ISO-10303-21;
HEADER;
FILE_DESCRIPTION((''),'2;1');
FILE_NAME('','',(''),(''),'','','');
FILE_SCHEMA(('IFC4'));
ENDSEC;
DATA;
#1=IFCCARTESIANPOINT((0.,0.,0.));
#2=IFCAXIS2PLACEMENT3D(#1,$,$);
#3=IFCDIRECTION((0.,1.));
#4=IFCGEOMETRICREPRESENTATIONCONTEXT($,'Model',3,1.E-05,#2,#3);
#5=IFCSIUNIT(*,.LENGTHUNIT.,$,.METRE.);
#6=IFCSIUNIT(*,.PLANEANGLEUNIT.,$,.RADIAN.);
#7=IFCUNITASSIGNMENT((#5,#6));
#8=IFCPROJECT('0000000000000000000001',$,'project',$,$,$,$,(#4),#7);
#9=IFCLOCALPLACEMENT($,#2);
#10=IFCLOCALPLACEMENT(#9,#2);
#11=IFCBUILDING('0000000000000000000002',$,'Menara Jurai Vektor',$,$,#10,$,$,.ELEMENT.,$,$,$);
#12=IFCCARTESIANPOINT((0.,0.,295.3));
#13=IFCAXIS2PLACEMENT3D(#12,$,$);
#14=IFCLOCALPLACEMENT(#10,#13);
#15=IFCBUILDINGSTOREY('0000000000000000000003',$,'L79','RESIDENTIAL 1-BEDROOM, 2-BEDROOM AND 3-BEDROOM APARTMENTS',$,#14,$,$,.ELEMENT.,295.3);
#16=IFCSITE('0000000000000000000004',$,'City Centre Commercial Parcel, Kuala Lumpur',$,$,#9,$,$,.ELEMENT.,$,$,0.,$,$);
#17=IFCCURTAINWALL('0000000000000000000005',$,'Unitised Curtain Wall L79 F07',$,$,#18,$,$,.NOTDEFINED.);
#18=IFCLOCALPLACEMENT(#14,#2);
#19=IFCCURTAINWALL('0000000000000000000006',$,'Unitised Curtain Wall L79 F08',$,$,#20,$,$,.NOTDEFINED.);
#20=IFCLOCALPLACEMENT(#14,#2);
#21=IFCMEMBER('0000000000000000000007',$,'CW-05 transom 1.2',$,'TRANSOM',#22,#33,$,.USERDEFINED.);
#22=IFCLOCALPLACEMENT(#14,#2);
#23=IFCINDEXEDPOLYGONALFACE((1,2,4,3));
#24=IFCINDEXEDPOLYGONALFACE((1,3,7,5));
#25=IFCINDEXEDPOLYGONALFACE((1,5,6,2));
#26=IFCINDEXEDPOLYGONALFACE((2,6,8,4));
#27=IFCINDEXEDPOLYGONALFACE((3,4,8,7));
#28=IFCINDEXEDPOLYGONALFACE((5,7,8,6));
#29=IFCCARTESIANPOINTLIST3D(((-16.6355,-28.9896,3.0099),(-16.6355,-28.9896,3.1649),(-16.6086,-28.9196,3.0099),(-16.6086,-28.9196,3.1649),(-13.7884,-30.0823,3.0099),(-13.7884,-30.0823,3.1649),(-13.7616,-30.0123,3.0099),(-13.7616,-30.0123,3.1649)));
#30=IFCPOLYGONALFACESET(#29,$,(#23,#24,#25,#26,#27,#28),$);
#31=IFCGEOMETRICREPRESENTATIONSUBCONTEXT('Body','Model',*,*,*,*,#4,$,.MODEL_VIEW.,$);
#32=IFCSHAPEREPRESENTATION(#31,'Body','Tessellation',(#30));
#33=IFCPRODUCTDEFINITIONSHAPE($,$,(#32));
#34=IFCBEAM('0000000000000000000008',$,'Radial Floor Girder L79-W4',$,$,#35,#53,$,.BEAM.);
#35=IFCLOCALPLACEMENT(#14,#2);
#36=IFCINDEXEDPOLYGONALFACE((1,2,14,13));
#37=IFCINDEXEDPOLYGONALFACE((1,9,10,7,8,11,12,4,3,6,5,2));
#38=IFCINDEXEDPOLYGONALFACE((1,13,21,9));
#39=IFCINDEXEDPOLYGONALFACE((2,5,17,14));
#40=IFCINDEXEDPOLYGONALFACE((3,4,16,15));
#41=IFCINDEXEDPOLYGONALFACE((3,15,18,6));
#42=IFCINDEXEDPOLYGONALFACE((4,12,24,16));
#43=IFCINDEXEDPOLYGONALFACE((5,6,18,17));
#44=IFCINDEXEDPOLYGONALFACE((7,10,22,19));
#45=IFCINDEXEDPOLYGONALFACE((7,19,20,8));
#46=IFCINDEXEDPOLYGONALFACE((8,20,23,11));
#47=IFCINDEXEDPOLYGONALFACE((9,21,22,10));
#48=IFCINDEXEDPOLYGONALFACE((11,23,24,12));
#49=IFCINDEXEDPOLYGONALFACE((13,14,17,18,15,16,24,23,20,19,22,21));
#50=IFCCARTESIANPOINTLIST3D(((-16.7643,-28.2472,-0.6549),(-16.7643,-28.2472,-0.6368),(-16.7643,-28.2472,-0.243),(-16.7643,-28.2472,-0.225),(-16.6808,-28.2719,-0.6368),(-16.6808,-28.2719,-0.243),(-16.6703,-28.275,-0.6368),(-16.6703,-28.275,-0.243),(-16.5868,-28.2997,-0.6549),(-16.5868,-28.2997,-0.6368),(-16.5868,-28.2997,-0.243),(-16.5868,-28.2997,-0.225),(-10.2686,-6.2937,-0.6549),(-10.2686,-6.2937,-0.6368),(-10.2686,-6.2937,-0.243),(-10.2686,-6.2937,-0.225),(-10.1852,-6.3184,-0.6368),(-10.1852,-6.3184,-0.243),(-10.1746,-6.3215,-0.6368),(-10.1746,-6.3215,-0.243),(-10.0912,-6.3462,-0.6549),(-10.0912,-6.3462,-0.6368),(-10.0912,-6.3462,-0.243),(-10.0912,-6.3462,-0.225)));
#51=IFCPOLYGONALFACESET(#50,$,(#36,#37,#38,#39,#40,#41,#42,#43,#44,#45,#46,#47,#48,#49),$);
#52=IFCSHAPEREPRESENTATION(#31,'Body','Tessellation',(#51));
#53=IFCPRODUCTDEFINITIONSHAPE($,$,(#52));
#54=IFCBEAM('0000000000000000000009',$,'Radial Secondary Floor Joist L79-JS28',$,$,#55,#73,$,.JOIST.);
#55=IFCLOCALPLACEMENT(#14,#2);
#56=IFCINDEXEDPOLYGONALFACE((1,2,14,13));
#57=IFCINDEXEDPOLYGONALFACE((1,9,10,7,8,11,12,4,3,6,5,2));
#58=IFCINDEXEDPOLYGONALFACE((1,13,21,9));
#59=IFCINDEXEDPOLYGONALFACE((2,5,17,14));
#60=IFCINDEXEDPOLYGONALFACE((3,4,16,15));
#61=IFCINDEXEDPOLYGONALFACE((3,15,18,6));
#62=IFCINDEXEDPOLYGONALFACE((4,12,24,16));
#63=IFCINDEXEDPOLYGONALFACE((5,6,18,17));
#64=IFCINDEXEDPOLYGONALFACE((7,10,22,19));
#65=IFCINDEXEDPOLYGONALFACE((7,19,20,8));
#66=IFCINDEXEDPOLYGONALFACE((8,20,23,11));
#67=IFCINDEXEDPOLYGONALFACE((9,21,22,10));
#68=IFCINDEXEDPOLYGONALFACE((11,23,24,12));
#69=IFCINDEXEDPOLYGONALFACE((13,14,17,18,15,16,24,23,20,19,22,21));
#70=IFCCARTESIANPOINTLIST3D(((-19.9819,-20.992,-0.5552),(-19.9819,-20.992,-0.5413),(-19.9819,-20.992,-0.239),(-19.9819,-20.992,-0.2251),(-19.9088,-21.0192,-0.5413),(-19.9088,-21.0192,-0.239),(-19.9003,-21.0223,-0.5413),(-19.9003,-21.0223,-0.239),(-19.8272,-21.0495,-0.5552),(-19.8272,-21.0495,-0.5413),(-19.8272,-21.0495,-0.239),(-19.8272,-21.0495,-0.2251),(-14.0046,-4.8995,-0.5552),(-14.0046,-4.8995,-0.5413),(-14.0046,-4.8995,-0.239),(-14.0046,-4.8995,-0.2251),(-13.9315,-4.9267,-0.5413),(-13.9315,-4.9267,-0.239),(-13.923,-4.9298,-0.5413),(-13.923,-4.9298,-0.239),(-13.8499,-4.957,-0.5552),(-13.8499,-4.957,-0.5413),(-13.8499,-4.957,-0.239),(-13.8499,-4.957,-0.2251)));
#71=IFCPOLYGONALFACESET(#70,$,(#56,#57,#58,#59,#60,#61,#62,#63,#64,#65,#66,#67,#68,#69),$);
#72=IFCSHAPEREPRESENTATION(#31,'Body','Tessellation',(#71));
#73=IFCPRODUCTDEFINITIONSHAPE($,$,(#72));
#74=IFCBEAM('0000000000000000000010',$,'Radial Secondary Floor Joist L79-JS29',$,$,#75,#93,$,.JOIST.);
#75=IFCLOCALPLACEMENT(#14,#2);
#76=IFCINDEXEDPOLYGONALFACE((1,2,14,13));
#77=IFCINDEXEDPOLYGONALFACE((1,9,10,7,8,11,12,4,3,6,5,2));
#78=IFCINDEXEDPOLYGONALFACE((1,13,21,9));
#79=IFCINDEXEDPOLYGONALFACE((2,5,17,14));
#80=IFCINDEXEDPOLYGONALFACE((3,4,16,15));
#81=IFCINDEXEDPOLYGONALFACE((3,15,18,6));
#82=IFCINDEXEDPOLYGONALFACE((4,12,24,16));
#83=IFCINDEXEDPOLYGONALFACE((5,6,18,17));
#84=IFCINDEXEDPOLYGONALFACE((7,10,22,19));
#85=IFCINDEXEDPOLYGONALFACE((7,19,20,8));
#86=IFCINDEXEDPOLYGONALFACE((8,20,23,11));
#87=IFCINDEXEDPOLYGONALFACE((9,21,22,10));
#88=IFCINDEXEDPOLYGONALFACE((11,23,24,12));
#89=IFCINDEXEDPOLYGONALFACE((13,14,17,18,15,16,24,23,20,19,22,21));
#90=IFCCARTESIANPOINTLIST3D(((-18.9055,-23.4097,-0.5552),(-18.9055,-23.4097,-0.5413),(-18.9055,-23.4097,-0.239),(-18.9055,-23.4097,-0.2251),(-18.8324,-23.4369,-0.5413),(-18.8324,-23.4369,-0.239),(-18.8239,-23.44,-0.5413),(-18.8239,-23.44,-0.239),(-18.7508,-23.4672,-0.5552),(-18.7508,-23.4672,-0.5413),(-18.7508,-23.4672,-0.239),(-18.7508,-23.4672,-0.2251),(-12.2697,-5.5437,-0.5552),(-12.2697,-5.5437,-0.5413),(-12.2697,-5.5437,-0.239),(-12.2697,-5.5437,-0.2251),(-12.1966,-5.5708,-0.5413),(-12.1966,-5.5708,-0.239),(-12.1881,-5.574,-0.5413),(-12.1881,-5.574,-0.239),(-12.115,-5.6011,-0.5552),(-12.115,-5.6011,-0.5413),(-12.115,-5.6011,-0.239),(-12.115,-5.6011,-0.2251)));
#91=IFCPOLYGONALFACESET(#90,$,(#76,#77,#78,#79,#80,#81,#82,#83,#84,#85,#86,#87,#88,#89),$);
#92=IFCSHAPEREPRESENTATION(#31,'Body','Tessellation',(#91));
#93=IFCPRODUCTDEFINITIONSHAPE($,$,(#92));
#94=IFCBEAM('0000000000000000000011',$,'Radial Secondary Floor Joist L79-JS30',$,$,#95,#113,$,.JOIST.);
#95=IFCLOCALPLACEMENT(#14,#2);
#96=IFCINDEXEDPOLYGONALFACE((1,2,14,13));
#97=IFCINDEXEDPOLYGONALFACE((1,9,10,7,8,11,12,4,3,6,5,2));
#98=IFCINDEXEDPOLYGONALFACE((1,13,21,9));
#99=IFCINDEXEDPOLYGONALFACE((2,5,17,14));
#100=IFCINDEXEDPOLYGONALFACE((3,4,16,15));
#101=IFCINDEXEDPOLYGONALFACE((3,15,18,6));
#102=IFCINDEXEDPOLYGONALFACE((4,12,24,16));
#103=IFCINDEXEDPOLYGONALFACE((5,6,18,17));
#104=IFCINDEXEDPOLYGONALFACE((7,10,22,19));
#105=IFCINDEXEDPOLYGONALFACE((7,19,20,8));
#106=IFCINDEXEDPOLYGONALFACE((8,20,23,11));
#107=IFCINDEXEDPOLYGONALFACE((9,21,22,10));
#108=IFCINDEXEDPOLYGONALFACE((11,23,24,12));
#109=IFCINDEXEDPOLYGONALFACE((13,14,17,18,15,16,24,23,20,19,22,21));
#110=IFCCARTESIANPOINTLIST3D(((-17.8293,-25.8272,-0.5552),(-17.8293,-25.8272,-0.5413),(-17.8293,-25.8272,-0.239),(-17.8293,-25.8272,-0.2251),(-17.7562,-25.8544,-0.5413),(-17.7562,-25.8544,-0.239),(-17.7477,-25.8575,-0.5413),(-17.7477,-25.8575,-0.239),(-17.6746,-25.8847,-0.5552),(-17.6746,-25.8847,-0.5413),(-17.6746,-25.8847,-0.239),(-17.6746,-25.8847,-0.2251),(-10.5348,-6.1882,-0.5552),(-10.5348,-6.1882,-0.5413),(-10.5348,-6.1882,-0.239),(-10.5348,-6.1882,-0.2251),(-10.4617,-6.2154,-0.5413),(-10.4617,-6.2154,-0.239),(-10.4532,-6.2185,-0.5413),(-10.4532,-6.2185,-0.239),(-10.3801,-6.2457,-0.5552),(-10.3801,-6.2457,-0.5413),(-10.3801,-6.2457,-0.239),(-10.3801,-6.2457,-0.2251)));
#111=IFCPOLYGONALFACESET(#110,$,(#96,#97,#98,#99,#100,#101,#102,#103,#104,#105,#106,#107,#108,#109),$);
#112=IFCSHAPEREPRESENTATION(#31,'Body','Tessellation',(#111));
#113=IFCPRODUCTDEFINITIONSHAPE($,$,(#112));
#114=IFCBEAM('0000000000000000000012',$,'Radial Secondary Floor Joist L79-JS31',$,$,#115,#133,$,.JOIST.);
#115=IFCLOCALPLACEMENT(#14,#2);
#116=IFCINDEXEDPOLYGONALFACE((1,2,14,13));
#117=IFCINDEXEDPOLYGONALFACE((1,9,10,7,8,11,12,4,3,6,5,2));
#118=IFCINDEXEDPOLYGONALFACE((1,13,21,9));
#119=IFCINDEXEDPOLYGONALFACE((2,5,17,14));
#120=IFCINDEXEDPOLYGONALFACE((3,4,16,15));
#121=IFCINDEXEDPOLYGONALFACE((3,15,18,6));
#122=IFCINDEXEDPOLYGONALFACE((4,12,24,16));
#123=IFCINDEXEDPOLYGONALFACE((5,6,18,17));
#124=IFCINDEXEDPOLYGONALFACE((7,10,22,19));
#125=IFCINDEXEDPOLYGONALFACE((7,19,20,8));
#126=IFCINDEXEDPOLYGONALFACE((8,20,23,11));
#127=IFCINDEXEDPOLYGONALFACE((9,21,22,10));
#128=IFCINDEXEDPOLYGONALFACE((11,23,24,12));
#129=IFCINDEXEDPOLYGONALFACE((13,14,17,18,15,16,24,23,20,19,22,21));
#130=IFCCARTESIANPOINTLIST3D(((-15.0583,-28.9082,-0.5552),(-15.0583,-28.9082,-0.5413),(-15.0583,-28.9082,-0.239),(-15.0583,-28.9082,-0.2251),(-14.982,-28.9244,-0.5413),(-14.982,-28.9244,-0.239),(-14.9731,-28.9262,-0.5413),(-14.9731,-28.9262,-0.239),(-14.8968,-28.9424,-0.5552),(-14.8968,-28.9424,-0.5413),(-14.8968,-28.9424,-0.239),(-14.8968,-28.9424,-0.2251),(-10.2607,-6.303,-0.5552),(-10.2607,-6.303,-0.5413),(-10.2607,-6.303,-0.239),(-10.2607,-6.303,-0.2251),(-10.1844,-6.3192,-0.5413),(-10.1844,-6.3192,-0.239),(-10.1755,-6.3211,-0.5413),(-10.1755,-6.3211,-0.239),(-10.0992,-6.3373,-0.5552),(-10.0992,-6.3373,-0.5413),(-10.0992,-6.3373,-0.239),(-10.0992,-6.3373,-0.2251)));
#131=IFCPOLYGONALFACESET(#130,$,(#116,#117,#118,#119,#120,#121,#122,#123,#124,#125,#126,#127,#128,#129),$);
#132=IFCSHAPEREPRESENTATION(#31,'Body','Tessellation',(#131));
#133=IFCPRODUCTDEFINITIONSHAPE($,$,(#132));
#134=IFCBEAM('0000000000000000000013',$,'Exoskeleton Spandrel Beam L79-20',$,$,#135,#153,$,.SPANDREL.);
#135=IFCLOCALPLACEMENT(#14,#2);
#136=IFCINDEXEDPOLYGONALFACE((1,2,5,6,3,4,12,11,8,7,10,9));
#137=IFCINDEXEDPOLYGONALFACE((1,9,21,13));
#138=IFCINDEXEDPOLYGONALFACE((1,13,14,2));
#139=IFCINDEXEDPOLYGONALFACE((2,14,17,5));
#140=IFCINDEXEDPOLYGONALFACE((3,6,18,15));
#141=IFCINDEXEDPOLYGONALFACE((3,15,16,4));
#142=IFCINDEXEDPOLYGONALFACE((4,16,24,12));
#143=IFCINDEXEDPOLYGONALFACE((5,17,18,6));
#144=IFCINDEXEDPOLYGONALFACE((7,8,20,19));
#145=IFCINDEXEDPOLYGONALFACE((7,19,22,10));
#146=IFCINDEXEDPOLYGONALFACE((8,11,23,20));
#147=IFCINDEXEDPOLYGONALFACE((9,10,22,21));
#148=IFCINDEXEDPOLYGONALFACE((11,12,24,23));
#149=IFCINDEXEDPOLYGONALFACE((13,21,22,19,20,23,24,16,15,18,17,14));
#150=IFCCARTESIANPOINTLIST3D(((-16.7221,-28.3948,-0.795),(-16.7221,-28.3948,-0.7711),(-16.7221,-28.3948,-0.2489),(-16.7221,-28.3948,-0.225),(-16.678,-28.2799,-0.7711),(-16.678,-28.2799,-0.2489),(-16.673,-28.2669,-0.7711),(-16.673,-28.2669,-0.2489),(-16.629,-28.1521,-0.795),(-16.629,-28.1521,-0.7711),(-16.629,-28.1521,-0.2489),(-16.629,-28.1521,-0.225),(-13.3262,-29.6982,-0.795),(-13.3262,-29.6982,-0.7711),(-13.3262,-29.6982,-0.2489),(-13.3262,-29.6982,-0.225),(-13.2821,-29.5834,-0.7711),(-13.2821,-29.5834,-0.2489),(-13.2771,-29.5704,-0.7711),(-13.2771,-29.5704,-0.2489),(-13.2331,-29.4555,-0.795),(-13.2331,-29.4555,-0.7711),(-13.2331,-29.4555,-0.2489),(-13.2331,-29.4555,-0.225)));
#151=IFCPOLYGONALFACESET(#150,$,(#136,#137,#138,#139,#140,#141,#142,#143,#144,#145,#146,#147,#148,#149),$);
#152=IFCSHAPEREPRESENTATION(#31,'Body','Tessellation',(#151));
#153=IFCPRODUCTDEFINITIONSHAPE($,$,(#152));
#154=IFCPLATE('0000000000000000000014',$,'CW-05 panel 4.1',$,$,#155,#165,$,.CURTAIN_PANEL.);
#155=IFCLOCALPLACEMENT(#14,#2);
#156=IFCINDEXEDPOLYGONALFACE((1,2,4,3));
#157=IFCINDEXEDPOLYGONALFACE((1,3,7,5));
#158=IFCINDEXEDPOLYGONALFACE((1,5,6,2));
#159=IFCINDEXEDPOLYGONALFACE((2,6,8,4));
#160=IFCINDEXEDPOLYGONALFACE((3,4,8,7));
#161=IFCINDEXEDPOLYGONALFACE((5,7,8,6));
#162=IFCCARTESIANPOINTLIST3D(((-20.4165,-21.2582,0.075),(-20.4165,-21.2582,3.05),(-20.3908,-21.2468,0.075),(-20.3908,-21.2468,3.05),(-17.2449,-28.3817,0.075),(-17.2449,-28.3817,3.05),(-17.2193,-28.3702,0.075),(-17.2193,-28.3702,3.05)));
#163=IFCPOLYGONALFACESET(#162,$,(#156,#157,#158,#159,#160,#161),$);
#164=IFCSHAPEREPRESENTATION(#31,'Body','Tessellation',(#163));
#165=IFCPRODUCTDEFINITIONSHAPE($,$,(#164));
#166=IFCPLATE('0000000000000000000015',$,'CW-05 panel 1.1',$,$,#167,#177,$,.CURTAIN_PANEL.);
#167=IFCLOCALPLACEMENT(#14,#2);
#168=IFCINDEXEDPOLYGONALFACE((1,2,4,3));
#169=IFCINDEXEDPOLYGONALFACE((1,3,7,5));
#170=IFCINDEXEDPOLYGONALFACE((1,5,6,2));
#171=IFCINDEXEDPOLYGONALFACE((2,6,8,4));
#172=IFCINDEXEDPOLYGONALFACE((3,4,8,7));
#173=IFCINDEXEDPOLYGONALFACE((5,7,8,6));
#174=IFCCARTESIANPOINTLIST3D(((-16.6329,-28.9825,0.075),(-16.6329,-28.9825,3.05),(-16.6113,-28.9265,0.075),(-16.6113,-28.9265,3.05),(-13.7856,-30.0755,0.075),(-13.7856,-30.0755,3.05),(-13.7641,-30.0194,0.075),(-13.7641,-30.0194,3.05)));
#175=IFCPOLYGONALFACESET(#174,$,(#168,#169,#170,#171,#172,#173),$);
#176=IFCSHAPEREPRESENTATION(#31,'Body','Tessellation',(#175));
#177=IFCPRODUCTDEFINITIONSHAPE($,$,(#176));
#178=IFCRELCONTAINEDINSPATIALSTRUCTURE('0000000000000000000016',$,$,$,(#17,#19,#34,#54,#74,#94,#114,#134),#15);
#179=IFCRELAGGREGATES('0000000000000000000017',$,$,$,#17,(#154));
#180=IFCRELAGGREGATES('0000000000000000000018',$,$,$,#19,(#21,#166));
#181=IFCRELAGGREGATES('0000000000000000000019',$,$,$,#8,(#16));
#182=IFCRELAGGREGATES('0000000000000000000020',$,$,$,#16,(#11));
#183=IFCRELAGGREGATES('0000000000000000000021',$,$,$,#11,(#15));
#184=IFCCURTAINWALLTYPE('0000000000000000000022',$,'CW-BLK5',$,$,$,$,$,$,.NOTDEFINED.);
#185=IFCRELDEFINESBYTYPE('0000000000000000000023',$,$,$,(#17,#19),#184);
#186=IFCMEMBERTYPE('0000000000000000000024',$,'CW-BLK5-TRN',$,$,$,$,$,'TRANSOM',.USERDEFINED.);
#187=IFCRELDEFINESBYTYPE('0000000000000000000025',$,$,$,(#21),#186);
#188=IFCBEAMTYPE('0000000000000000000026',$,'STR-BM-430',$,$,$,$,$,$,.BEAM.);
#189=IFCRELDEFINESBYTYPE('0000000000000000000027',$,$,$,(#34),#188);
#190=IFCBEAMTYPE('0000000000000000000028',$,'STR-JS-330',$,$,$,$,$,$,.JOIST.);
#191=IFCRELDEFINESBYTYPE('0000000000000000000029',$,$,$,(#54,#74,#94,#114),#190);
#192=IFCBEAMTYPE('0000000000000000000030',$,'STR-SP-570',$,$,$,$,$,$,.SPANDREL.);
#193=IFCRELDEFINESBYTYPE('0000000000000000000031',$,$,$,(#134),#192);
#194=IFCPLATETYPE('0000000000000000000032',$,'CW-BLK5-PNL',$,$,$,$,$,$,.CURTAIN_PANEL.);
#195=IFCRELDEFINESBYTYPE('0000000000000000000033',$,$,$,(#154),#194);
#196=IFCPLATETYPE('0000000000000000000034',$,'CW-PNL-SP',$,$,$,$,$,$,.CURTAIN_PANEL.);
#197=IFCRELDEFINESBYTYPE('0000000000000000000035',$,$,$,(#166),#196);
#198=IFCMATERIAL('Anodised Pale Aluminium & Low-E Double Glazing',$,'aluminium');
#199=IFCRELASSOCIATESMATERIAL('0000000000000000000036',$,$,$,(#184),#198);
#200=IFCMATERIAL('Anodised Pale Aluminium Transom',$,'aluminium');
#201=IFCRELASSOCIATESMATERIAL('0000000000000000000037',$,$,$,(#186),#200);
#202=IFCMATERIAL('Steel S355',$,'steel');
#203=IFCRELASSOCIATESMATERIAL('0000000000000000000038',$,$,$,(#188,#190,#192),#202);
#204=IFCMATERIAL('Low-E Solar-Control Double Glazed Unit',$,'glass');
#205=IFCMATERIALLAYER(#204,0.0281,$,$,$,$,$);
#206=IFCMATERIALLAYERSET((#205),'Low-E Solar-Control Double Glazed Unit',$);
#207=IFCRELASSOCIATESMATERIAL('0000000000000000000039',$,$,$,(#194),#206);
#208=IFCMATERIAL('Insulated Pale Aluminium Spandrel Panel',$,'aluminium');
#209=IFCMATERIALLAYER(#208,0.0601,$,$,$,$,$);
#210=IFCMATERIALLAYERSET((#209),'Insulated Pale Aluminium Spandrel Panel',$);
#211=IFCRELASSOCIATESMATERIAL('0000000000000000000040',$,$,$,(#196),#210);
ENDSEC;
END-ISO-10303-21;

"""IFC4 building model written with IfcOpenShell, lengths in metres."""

from ifc_helpers import new_model, si_unit, direction, frame, origin, origin_2d, place, context, subcontext, project, spatial, rectangle, i_section, extrude, material, layer, layer_set, material_profile, profile_set, type_object, element, aggregate, save


model = new_model("IFC4")

# Units and contexts
model_context = context("Model", 3, precision=1e-05, world=origin(), true_north=direction((0.0, 1.0)))
body_context = subcontext(model_context, "Body", "Model", "MODEL_VIEW")
ifc_project = project(units=[si_unit("LENGTHUNIT", "METRE"), si_unit("PLANEANGLEUNIT", "RADIAN")], contexts=[model_context])

# Site, building, storey
site_placement = place(None, origin())
site = spatial("IfcSite", under=ifc_project, at=site_placement, Name="City Centre Commercial Parcel, Kuala Lumpur", CompositionType="ELEMENT", RefElevation=0.0)
building_placement = place(site_placement, origin())
building = spatial("IfcBuilding", under=site, at=building_placement, Name="Menara Jurai Vektor", CompositionType="ELEMENT")
storey_placement = place(building_placement, frame((0.0, 0.0, 295.3)))
storey = spatial("IfcBuildingStorey", under=building, at=storey_placement, Name="L79", Description="RESIDENTIAL 1-BEDROOM, 2-BEDROOM AND 3-BEDROOM APARTMENTS", CompositionType="ELEMENT", Elevation=295.3)

# Curtain walls
ifc_material_1 = material(Name="Anodised Pale Aluminium & Low-E Double Glazing", Category="aluminium")
curtain_wall_type = type_object("IfcCurtainWallType", Name="CW-BLK5", PredefinedType="NOTDEFINED", material=ifc_material_1)
curtain_wall_1_placement = place(storey_placement, origin())
curtain_wall_1 = element("IfcCurtainWall", 1, at=curtain_wall_1_placement, inside=storey, type_object=curtain_wall_type, Name="Unitised Curtain Wall L79 F07", PredefinedType="NOTDEFINED")
curtain_wall_2_placement = place(storey_placement, origin())
curtain_wall_2 = element("IfcCurtainWall", 2, at=curtain_wall_2_placement, inside=storey, type_object=curtain_wall_type, Name="Unitised Curtain Wall L79 F08", PredefinedType="NOTDEFINED")

# Member
ifc_material_2 = material(Name="Anodised Pale Aluminium Transom", Category="aluminium")
ifc_material_profile_1 = material_profile(ifc_material_2, rectangle(XDim=0.075, YDim=0.155, at=origin_2d()), Name="ALU TRN 75x155")
ifc_profile_set_1 = profile_set([ifc_material_profile_1], Name="Anodised Pale Aluminium Transom")
member_type_1 = type_object("IfcMemberType", Name="CW-BLK5-TRN", ElementType="TRANSOM", PredefinedType="USERDEFINED", material=ifc_profile_set_1)
member_1_placement = place(storey_placement, frame((-16.6221, -28.9546, 3.0874), z_axis=(0.933597, -0.358325, 0.0), x_axis=(0.358325, 0.933597, 0.0)))
member_1 = element("IfcMember", 3, at=member_1_placement, type_object=member_type_1, Name="CW-05 transom 1.2", ObjectType="TRANSOM", PredefinedType="USERDEFINED", context=body_context, shape_type="SweptSolid", body=[
    extrude(rectangle(XDim=0.075, YDim=0.155, at=origin_2d()), origin(), (0.0, 0.0, 1.0), 3.0496),
])

# Beams
ifc_material_3 = material(Name="Steel S355", Category="steel")
ifc_material_profile_2 = material_profile(ifc_material_3, i_section(OverallWidth=0.1851, OverallDepth=0.4299, WebThickness=0.011, FlangeThickness=0.0181, at=origin_2d()), Name="PG 430x185x76")
ifc_profile_set_2 = profile_set([ifc_material_profile_2], Name="Steel S355")
beam_type_1 = type_object("IfcBeamType", Name="STR-BM-430", PredefinedType="BEAM", material=ifc_profile_set_2)
beam_1_placement = place(storey_placement, frame((-16.6755, -28.2734, -0.4399), z_axis=(0.283723, 0.958906, 0.0), x_axis=(-0.958906, 0.283723, 0.0)))
element("IfcBeam", 4, at=beam_1_placement, inside=storey, type_object=beam_type_1, Name="Radial Floor Girder L79-W4", PredefinedType="BEAM", context=body_context, shape_type="SweptSolid", body=[
    extrude(i_section(OverallWidth=0.1851, OverallDepth=0.4299, WebThickness=0.011, FlangeThickness=0.0181, at=origin_2d()), origin(), (0.0, 0.0, 1.0), 22.8943),
])
ifc_material_profile_3 = material_profile(ifc_material_3, i_section(OverallWidth=0.165, OverallDepth=0.3301, WebThickness=0.009, FlangeThickness=0.0139, at=origin_2d()), Name="PG 330x165x46")
ifc_profile_set_3 = profile_set([ifc_material_profile_3], Name="Steel S355")
beam_type_2 = type_object("IfcBeamType", Name="STR-JS-330", PredefinedType="JOIST", material=ifc_profile_set_3)
beam_2_placement = place(storey_placement, frame((-19.9045, -21.0208, -0.3901), z_axis=(0.34819, 0.937424, 0.0), x_axis=(-0.937424, 0.34819, 0.0)))
element("IfcBeam", 5, at=beam_2_placement, inside=storey, type_object=beam_type_2, Name="Radial Secondary Floor Joist L79-JS28", PredefinedType="JOIST", context=body_context, shape_type="SweptSolid", body=[
    extrude(i_section(OverallWidth=0.165, OverallDepth=0.3301, WebThickness=0.009, FlangeThickness=0.0139, at=origin_2d()), origin(), (0.0, 0.0, 1.0), 17.1667),
])
beam_3_placement = place(storey_placement, frame((-18.8281, -23.4385, -0.3901), z_axis=(0.348178, 0.937428, 0.0), x_axis=(-0.937428, 0.348178, 0.0)))
element("IfcBeam", 6, at=beam_3_placement, inside=storey, type_object=beam_type_2, Name="Radial Secondary Floor Joist L79-JS29", PredefinedType="JOIST", context=body_context, shape_type="SweptSolid", body=[
    extrude(i_section(OverallWidth=0.165, OverallDepth=0.3301, WebThickness=0.009, FlangeThickness=0.0139, at=origin_2d()), origin(), (0.0, 0.0, 1.0), 19.0586),
])
beam_4_placement = place(storey_placement, frame((-17.752, -25.856, -0.3901), z_axis=(0.348186, 0.937426, 0.0), x_axis=(-0.937426, 0.348186, 0.0)))
element("IfcBeam", 7, at=beam_4_placement, inside=storey, type_object=beam_type_2, Name="Radial Secondary Floor Joist L79-JS30", PredefinedType="JOIST", context=body_context, shape_type="SweptSolid", body=[
    extrude(i_section(OverallWidth=0.165, OverallDepth=0.3301, WebThickness=0.009, FlangeThickness=0.0139, at=origin_2d()), origin(), (0.0, 0.0, 1.0), 20.95),
])
beam_5_placement = place(storey_placement, frame((-14.9775, -28.9253, -0.3901), z_axis=(0.20761, 0.978212, 0.0), x_axis=(-0.978212, 0.20761, 0.0)))
element("IfcBeam", 8, at=beam_5_placement, inside=storey, type_object=beam_type_2, Name="Radial Secondary Floor Joist L79-JS31", PredefinedType="JOIST", context=body_context, shape_type="SweptSolid", body=[
    extrude(i_section(OverallWidth=0.165, OverallDepth=0.3301, WebThickness=0.009, FlangeThickness=0.0139, at=origin_2d()), origin(), (0.0, 0.0, 1.0), 23.1086),
])
ifc_material_profile_4 = material_profile(ifc_material_3, i_section(OverallWidth=0.26, OverallDepth=0.5701, WebThickness=0.0139, FlangeThickness=0.0239, at=origin_2d()), Name="PG 570x260x145")
ifc_profile_set_4 = profile_set([ifc_material_profile_4], Name="Steel S355")
beam_type_3 = type_object("IfcBeamType", Name="STR-SP-570", PredefinedType="SPANDREL", material=ifc_profile_set_4)
beam_6_placement = place(storey_placement, frame((-16.6755, -28.2734, -0.51), z_axis=(0.933593, -0.358336, 0.0), x_axis=(0.358336, 0.933593, 0.0)))
element("IfcBeam", 9, at=beam_6_placement, inside=storey, type_object=beam_type_3, Name="Exoskeleton Spandrel Beam L79-20", PredefinedType="SPANDREL", context=body_context, shape_type="SweptSolid", body=[
    extrude(i_section(OverallWidth=0.26, OverallDepth=0.5701, WebThickness=0.0139, FlangeThickness=0.0239, at=origin_2d()), origin(), (0.0, 0.0, 1.0), 3.6375),
])

# Plates
ifc_material_4 = material(Name="Low-E Solar-Control Double Glazed Unit", Category="glass")
ifc_layer_1 = layer(ifc_material_4, 0.0281)
ifc_layer_set_1 = layer_set([ifc_layer_1], Name="Low-E Solar-Control Double Glazed Unit")
plate_type_1 = type_object("IfcPlateType", Name="CW-BLK5-PNL", PredefinedType="CURTAIN_PANEL", material=ifc_layer_set_1)
plate_1_placement = place(storey_placement, frame((-18.8179, -24.8142, 0.075), z_axis=(0.0, 0.0, 1.0), x_axis=(0.406735, -0.913546, 0.0)))
plate_1 = element("IfcPlate", 10, at=plate_1_placement, type_object=plate_type_1, Name="CW-05 panel 4.1", PredefinedType="CURTAIN_PANEL", context=body_context, shape_type="SweptSolid", body=[
    extrude(rectangle(XDim=7.7976, YDim=0.0281, at=origin_2d()), origin(), (0.0, 0.0, 1.0), 2.9751),
])
aggregate(curtain_wall_1, [plate_1])
ifc_material_5 = material(Name="Insulated Pale Aluminium Spandrel Panel", Category="aluminium")
ifc_layer_2 = layer(ifc_material_5, 0.0601)
ifc_layer_set_2 = layer_set([ifc_layer_2], Name="Insulated Pale Aluminium Spandrel Panel")
plate_type_2 = type_object("IfcPlateType", Name="CW-PNL-SP", PredefinedType="CURTAIN_PANEL", material=ifc_layer_set_2)
plate_2_placement = place(storey_placement, frame((-15.1985, -29.501, 0.075), z_axis=(0.0, 0.0, 1.0), x_axis=(0.933578, -0.358374, 0.0)))
plate_2 = element("IfcPlate", 11, at=plate_2_placement, type_object=plate_type_2, Name="CW-05 panel 1.1", PredefinedType="CURTAIN_PANEL", context=body_context, shape_type="SweptSolid", body=[
    extrude(rectangle(XDim=3.0498, YDim=0.0601, at=origin_2d()), origin(), (0.0, 0.0, 1.0), 2.9751),
])
aggregate(curtain_wall_2, [member_1, plate_2])

save(model, "model.ifc")
